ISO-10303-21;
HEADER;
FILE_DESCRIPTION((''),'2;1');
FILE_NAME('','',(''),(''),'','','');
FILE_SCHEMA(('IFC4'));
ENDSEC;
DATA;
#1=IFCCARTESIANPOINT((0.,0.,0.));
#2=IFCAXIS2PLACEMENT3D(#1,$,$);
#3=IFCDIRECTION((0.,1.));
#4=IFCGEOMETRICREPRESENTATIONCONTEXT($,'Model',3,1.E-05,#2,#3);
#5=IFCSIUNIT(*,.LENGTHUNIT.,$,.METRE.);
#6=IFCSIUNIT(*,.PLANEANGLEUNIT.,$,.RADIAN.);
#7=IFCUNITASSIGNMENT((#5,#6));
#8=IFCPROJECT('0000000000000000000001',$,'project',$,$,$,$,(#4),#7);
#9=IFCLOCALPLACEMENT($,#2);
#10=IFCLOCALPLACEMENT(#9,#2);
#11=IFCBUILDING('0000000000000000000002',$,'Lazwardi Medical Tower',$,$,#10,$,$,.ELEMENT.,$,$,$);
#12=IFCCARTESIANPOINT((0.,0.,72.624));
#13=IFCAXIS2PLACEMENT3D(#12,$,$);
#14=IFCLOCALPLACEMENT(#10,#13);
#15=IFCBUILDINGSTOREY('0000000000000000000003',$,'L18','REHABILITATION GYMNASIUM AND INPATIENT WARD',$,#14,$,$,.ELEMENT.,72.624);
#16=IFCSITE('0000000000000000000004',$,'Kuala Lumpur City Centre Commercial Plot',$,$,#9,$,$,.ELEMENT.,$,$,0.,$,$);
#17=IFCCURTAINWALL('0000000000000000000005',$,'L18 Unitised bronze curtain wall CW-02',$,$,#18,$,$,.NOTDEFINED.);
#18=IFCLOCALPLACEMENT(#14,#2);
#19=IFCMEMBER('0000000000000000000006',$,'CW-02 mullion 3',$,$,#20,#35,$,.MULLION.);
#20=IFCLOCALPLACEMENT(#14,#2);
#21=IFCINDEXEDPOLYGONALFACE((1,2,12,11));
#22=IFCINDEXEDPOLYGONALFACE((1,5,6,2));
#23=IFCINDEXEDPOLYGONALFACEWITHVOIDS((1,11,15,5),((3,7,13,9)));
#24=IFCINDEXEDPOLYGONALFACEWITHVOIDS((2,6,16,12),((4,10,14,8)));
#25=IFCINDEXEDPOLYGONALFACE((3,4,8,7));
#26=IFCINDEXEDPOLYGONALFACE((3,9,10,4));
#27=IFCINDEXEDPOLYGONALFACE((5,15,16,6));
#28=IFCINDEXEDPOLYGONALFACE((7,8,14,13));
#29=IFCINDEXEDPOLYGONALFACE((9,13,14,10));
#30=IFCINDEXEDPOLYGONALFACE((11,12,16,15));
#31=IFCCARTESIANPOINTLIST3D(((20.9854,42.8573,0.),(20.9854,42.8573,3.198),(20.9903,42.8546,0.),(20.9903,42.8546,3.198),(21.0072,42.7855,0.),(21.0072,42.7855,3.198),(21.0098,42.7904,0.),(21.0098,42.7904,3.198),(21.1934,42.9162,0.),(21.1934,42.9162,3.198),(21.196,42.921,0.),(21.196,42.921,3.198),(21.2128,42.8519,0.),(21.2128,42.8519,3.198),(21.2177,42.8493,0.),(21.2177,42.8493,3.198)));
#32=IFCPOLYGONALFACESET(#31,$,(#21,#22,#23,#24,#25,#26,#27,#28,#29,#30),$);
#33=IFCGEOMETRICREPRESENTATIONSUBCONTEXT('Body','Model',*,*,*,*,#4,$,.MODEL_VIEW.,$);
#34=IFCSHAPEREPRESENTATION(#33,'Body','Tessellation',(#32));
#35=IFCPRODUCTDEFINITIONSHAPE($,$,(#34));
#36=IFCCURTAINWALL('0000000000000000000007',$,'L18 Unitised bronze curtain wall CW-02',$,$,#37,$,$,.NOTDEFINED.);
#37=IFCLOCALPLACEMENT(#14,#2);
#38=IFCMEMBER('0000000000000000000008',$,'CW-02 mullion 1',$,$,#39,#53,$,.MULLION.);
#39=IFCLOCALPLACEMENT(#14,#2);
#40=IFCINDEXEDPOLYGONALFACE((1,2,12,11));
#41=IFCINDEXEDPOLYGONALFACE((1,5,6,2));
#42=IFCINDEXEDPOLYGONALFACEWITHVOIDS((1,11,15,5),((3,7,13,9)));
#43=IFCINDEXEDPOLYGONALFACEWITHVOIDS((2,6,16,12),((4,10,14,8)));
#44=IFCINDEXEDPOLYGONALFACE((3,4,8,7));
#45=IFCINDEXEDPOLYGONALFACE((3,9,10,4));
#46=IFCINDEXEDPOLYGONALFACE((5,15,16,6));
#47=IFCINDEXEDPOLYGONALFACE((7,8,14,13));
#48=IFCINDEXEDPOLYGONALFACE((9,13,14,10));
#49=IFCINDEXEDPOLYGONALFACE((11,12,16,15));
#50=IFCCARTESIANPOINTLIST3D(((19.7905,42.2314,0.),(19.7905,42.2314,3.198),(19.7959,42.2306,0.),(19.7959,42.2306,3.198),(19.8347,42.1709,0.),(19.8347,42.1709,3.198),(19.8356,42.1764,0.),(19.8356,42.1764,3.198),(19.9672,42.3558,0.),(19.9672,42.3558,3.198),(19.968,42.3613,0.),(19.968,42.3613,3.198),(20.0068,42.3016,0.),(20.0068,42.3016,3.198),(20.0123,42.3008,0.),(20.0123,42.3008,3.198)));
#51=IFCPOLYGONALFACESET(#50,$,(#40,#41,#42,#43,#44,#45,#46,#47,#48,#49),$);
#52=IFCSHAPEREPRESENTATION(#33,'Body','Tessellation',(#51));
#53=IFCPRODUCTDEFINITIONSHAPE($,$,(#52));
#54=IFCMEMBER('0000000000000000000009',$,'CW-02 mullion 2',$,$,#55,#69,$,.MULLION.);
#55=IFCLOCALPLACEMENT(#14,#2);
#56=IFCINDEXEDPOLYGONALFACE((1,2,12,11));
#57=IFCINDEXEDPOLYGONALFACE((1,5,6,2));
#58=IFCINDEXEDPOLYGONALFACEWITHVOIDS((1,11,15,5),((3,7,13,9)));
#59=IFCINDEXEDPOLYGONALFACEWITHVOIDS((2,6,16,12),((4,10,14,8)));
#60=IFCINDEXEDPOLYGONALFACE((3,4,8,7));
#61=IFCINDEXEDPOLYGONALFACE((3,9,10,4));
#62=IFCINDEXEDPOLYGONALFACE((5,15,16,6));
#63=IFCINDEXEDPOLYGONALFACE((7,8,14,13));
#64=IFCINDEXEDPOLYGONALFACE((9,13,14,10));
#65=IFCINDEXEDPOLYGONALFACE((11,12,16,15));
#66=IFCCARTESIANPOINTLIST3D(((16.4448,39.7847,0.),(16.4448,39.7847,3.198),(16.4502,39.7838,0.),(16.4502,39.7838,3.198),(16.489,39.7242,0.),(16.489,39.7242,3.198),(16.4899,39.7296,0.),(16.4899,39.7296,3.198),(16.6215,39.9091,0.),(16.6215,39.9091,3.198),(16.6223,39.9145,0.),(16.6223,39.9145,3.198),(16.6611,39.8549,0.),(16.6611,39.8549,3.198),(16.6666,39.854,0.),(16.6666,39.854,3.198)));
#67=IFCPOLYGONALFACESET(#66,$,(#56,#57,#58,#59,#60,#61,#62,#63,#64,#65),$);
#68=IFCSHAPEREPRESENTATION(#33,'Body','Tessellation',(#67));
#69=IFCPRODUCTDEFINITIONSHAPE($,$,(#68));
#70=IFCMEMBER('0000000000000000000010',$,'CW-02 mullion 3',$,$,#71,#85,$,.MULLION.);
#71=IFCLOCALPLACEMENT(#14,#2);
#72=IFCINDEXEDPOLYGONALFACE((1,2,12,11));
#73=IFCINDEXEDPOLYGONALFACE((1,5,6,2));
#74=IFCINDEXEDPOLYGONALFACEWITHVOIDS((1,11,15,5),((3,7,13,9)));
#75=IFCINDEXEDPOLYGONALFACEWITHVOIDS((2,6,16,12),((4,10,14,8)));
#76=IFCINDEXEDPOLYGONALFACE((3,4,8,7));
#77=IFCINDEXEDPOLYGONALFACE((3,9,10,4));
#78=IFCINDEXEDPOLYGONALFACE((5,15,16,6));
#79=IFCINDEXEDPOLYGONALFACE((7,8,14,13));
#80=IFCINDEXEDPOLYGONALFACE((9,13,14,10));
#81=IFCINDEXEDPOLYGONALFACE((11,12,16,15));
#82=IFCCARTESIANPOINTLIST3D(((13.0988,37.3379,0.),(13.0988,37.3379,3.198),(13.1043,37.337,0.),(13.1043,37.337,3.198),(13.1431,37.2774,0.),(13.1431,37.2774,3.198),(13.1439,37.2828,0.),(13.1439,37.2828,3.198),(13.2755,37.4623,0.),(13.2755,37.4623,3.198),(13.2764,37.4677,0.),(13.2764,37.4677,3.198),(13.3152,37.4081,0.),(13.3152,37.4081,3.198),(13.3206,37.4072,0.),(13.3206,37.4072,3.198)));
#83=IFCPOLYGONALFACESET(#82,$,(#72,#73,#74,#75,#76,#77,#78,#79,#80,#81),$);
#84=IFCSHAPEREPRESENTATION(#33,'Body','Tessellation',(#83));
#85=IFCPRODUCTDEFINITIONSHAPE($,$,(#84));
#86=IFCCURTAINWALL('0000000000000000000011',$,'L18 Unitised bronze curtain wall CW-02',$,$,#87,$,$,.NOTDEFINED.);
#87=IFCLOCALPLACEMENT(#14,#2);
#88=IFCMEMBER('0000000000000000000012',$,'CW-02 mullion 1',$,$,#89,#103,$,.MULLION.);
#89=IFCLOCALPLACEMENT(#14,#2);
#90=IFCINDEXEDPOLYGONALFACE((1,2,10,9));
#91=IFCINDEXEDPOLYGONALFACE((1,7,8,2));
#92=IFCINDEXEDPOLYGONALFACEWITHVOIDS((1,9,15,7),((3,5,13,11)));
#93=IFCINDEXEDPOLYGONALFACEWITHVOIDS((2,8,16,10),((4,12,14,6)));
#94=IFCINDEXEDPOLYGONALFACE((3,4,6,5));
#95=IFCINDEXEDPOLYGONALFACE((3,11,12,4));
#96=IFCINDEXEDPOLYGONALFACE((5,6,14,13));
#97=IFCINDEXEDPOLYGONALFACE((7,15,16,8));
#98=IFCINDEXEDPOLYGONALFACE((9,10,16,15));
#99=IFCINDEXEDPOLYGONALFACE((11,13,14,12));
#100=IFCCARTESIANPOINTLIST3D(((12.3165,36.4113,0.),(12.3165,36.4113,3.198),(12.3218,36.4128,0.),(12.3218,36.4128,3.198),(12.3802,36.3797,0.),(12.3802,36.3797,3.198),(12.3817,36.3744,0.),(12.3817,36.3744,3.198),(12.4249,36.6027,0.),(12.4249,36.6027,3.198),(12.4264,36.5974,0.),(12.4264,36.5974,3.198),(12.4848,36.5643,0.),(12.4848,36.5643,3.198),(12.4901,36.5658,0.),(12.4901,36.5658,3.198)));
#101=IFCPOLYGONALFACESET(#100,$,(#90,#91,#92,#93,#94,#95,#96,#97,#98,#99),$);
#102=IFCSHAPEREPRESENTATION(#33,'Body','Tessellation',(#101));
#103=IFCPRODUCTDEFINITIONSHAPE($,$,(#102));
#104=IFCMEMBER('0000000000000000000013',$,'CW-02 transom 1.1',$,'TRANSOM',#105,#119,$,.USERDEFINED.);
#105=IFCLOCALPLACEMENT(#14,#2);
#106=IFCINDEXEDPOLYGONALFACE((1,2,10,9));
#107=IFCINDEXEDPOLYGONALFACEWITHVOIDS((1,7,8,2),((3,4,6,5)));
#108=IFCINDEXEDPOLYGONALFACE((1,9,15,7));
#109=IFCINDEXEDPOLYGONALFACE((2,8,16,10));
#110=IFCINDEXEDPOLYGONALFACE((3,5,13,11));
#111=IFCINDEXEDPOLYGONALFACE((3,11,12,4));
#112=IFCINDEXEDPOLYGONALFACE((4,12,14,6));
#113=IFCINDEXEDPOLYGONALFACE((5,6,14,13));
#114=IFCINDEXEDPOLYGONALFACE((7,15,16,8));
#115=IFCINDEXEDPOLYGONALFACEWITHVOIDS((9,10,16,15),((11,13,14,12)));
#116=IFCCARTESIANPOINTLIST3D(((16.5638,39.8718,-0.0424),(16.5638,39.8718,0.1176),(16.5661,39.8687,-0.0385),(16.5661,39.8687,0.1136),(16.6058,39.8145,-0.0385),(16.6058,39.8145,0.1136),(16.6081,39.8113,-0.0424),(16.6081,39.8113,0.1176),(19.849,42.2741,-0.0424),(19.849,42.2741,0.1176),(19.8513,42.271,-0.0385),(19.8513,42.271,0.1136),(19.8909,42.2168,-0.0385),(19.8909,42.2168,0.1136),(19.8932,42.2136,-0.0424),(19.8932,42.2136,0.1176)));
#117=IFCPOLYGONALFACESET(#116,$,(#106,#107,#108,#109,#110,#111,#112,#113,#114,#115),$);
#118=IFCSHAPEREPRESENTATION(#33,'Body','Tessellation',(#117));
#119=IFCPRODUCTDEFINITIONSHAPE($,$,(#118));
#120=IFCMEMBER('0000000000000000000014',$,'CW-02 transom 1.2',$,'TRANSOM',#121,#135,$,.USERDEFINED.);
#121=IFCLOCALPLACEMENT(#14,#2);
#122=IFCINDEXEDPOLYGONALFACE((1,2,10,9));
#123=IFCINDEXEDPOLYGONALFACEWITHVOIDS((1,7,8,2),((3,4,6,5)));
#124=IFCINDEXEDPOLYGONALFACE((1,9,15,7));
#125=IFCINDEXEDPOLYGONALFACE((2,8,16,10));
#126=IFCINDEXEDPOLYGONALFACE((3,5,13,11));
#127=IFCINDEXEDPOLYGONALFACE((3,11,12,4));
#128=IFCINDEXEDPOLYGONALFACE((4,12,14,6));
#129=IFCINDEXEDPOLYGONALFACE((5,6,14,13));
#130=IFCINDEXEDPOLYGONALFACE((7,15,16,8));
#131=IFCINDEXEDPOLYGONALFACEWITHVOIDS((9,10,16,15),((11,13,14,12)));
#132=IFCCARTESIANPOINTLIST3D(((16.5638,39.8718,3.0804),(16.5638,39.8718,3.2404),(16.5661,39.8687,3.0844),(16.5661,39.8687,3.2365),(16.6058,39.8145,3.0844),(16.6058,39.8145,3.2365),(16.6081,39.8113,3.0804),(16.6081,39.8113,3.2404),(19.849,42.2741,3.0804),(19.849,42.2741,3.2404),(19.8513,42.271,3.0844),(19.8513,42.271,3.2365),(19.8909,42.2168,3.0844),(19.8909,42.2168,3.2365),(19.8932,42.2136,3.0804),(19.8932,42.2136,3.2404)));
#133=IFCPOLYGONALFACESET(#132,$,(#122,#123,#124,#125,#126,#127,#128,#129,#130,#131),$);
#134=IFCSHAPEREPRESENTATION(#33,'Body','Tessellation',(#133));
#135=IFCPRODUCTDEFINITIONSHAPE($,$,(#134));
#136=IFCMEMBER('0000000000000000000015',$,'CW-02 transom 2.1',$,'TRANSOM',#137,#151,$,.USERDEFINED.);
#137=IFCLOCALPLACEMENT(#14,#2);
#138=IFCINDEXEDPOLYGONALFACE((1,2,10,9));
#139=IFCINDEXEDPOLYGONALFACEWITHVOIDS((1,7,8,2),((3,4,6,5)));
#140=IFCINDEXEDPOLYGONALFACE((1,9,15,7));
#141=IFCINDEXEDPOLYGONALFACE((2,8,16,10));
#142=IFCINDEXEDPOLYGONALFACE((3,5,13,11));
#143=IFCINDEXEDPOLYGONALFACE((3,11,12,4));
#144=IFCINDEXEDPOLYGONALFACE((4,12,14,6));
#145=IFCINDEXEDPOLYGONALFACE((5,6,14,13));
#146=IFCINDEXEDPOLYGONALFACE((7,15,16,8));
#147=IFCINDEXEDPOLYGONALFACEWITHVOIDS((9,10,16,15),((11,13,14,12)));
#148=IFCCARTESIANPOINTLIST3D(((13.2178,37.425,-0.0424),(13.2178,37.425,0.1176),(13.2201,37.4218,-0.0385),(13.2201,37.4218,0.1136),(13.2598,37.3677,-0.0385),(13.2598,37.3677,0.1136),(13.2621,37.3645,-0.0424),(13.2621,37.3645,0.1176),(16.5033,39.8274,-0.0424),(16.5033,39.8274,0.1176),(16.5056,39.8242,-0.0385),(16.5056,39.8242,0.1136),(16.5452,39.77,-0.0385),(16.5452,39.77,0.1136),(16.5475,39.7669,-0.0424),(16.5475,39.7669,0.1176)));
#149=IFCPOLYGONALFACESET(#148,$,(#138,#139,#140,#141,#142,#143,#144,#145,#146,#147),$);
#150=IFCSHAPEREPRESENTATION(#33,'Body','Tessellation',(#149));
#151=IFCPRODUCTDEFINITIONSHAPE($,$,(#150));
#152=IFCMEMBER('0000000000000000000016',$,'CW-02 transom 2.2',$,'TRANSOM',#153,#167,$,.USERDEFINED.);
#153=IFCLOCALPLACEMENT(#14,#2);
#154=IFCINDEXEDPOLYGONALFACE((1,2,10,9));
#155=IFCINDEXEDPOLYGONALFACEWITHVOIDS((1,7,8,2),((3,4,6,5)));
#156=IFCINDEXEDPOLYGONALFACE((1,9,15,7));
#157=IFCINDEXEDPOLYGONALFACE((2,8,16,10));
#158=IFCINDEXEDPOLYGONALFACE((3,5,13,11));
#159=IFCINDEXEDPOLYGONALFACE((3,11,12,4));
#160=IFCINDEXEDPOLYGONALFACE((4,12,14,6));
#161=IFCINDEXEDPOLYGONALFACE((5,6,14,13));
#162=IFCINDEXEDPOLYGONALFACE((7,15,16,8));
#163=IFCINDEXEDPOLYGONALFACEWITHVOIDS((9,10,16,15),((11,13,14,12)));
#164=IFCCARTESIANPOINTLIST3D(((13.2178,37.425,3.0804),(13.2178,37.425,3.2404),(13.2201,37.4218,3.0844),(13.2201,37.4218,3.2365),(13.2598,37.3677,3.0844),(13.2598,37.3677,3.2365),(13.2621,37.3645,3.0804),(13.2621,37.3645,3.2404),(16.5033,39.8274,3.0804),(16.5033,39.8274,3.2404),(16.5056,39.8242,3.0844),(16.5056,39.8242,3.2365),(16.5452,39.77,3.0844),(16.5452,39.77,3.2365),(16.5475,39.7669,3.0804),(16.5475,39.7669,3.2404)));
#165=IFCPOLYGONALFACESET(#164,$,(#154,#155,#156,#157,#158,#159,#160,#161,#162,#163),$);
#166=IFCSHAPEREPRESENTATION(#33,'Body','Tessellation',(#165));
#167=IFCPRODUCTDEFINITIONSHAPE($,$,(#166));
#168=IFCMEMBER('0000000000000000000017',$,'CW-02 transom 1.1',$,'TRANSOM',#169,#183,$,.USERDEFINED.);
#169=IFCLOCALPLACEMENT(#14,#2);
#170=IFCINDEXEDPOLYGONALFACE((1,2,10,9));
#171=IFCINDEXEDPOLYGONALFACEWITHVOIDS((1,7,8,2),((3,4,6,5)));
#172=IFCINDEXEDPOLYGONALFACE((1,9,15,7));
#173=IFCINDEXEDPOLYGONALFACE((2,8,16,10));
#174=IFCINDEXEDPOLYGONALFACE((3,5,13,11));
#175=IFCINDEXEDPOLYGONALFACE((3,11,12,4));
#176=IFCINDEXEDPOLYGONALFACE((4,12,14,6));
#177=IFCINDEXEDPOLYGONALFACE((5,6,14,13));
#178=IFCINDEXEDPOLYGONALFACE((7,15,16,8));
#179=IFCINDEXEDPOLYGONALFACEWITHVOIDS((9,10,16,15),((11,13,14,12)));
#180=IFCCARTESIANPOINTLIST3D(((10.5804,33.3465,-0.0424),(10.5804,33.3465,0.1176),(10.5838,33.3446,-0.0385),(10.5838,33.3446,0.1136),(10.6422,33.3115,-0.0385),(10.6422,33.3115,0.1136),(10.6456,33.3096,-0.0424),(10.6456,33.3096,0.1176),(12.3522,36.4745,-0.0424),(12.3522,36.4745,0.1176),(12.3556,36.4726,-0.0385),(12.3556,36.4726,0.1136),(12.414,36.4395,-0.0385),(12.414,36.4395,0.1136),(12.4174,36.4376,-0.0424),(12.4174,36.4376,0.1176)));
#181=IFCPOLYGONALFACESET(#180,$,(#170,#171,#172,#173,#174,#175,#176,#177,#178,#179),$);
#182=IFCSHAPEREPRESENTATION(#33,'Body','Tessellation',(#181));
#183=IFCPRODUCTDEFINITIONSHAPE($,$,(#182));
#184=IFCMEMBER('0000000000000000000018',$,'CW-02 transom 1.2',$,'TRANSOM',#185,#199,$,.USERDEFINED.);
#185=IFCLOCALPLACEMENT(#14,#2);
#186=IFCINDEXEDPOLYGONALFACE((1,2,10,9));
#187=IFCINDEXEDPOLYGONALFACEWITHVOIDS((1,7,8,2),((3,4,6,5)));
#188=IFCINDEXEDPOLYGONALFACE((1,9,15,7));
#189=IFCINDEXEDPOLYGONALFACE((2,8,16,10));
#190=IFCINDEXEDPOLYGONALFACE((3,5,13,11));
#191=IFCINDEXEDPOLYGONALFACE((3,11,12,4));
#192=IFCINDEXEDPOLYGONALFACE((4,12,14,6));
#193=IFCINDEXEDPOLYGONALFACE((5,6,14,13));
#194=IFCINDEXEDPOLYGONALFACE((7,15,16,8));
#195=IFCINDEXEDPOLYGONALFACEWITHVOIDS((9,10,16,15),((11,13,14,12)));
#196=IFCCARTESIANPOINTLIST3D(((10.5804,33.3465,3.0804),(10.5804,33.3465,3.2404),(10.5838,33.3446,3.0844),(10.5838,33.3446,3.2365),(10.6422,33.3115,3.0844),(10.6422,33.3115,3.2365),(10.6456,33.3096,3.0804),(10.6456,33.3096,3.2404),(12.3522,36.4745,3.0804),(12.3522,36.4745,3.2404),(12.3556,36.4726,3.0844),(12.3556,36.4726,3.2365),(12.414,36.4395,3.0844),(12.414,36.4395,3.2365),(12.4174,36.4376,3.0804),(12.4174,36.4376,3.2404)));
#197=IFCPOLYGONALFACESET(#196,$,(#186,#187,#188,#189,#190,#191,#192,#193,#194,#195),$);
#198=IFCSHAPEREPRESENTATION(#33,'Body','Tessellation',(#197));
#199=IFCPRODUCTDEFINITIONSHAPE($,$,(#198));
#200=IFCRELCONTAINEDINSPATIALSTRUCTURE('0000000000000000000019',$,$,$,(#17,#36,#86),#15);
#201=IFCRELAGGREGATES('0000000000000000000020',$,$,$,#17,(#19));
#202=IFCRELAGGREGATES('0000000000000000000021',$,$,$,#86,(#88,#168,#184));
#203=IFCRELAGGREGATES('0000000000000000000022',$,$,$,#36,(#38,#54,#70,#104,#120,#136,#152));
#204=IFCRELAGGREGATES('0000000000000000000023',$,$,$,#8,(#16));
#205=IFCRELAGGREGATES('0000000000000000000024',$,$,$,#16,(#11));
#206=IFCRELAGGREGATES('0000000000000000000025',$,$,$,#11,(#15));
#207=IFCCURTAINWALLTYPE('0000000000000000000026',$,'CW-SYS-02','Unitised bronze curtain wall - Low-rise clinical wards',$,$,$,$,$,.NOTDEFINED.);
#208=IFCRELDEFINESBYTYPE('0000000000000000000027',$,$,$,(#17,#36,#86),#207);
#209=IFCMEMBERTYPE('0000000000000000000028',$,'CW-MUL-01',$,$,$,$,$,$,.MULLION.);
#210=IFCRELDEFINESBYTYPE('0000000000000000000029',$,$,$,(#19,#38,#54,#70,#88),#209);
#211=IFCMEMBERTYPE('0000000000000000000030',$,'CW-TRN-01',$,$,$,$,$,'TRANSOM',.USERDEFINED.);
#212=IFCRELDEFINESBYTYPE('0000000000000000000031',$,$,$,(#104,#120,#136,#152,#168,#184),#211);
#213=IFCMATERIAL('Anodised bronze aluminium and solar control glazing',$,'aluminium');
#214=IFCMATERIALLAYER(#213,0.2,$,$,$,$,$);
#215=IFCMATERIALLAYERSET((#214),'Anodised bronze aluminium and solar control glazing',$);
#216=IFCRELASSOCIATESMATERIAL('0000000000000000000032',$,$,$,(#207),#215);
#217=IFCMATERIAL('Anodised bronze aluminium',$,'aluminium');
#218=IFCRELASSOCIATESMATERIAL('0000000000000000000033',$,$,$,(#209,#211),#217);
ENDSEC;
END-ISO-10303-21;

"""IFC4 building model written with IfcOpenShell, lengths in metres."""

from ifc_helpers import new_model, si_unit, direction, frame, origin, origin_2d, place, context, subcontext, project, spatial, hollow_rectangle, extrude, material, layer, layer_set, material_profile, profile_set, type_object, element, aggregate, save


model = new_model("IFC4")

# Units and contexts
model_context = context("Model", 3, precision=1e-05, world=origin(), true_north=direction((0.0, 1.0)))
body_context = subcontext(model_context, "Body", "Model", "MODEL_VIEW")
ifc_project = project(units=[si_unit("LENGTHUNIT", "METRE"), si_unit("PLANEANGLEUNIT", "RADIAN")], contexts=[model_context])

# Site, building, storey
site_placement = place(None, origin())
site = spatial("IfcSite", under=ifc_project, at=site_placement, Name="Kuala Lumpur City Centre Commercial Plot", CompositionType="ELEMENT", RefElevation=0.0)
building_placement = place(site_placement, origin())
building = spatial("IfcBuilding", under=site, at=building_placement, Name="Lazwardi Medical Tower", CompositionType="ELEMENT")
storey_placement = place(building_placement, frame((0.0, 0.0, 72.624)))
storey = spatial("IfcBuildingStorey", under=building, at=storey_placement, Name="L18", Description="REHABILITATION GYMNASIUM AND INPATIENT WARD", CompositionType="ELEMENT", Elevation=72.624)

# Curtain wall, member
ifc_material_1 = material(Name="Anodised bronze aluminium and solar control glazing", Category="aluminium")
ifc_layer_1 = layer(ifc_material_1, 0.2)
ifc_layer_set_1 = layer_set([ifc_layer_1], Name="Anodised bronze aluminium and solar control glazing")
curtain_wall_type = type_object("IfcCurtainWallType", Name="CW-SYS-02", Description="Unitised bronze curtain wall - Low-rise clinical wards", PredefinedType="NOTDEFINED", material=ifc_layer_set_1)
curtain_wall_1_placement = place(storey_placement, origin())
curtain_wall_1 = element("IfcCurtainWall", 1, at=curtain_wall_1_placement, inside=storey, type_object=curtain_wall_type, Name="L18 Unitised bronze curtain wall CW-02", PredefinedType="NOTDEFINED")
ifc_material_2 = material(Name="Anodised bronze aluminium", Category="aluminium")
ifc_material_profile_1 = material_profile(ifc_material_2, hollow_rectangle(XDim=0.075, YDim=0.22, WallThickness=0.0039, at=origin_2d()), Name="ALU-MULLION 220x75x4")
ifc_profile_set_1 = profile_set([ifc_material_profile_1], Name="Anodised bronze aluminium")
member_type_1 = type_object("IfcMemberType", Name="CW-MUL-01", PredefinedType="MULLION", material=ifc_profile_set_1)
member_1_placement = place(storey_placement, frame((21.1016, 42.8533, 0.0), z_axis=(0.0, 0.0, 1.0), x_axis=(0.289896, -0.957058, 0.0)))
member_1 = element("IfcMember", 2, at=member_1_placement, type_object=member_type_1, Name="CW-02 mullion 3", PredefinedType="MULLION", context=body_context, shape_type="SweptSolid", body=[
    extrude(hollow_rectangle(XDim=0.075, YDim=0.22, WallThickness=0.0039, at=origin_2d()), origin(), (0.0, 0.0, 1.0), 3.198),
])
aggregate(curtain_wall_1, [member_1])

# Curtain wall, members
curtain_wall_2_placement = place(storey_placement, origin())
curtain_wall_2 = element("IfcCurtainWall", 3, at=curtain_wall_2_placement, inside=storey, type_object=curtain_wall_type, Name="L18 Unitised bronze curtain wall CW-02", PredefinedType="NOTDEFINED")
member_2_placement = place(storey_placement, frame((19.9014, 42.2661, 0.0), z_axis=(0.0, 0.0, 1.0), x_axis=(0.590289, -0.807192, 0.0)))
member_2 = element("IfcMember", 4, at=member_2_placement, type_object=member_type_1, Name="CW-02 mullion 1", PredefinedType="MULLION", context=body_context, shape_type="SweptSolid", body=[
    extrude(hollow_rectangle(XDim=0.075, YDim=0.22, WallThickness=0.0039, at=origin_2d()), origin(), (0.0, 0.0, 1.0), 3.198),
])
member_3_placement = place(storey_placement, frame((16.5557, 39.8193, 0.0), z_axis=(0.0, 0.0, 1.0), x_axis=(0.590289, -0.807192, 0.0)))
member_3 = element("IfcMember", 5, at=member_3_placement, type_object=member_type_1, Name="CW-02 mullion 2", PredefinedType="MULLION", context=body_context, shape_type="SweptSolid", body=[
    extrude(hollow_rectangle(XDim=0.075, YDim=0.22, WallThickness=0.0039, at=origin_2d()), origin(), (0.0, 0.0, 1.0), 3.198),
])
member_4_placement = place(storey_placement, frame((13.2097, 37.3726, 0.0), z_axis=(0.0, 0.0, 1.0), x_axis=(0.590289, -0.807192, 0.0)))
member_4 = element("IfcMember", 6, at=member_4_placement, type_object=member_type_1, Name="CW-02 mullion 3", PredefinedType="MULLION", context=body_context, shape_type="SweptSolid", body=[
    extrude(hollow_rectangle(XDim=0.075, YDim=0.22, WallThickness=0.0039, at=origin_2d()), origin(), (0.0, 0.0, 1.0), 3.198),
])

# Curtain wall, member
curtain_wall_3_placement = place(storey_placement, origin())
curtain_wall_3 = element("IfcCurtainWall", 7, at=curtain_wall_3_placement, inside=storey, type_object=curtain_wall_type, Name="L18 Unitised bronze curtain wall CW-02", PredefinedType="NOTDEFINED")
member_5_placement = place(storey_placement, frame((12.4033, 36.4885, 0.0), z_axis=(0.0, 0.0, 1.0), x_axis=(0.870112, -0.492854, 0.0)))
member_5 = element("IfcMember", 8, at=member_5_placement, type_object=member_type_1, Name="CW-02 mullion 1", PredefinedType="MULLION", context=body_context, shape_type="SweptSolid", body=[
    extrude(hollow_rectangle(XDim=0.075, YDim=0.22, WallThickness=0.0039, at=origin_2d()), origin(), (0.0, 0.0, 1.0), 3.198),
])

# Members
ifc_material_profile_2 = material_profile(ifc_material_2, hollow_rectangle(XDim=0.075, YDim=0.1599, WallThickness=0.0039, at=origin_2d()), Name="ALU-TRANSOM 160x75x4")
ifc_profile_set_2 = profile_set([ifc_material_profile_2], Name="Anodised bronze aluminium")
member_type_2 = type_object("IfcMemberType", Name="CW-TRN-01", ElementType="TRANSOM", PredefinedType="USERDEFINED", material=ifc_profile_set_2)
member_6_placement = place(storey_placement, frame((19.8711, 42.2439, 0.0376), z_axis=(-0.807198, -0.590281, 0.0), x_axis=(0.590281, -0.807198, 0.0)))
member_6 = element("IfcMember", 9, at=member_6_placement, type_object=member_type_2, Name="CW-02 transom 1.1", ObjectType="TRANSOM", PredefinedType="USERDEFINED", context=body_context, shape_type="SweptSolid", body=[
    extrude(hollow_rectangle(XDim=0.075, YDim=0.1599, WallThickness=0.0039, at=origin_2d()), origin(), (0.0, 0.0, 1.0), 4.0698),
])
member_7_placement = place(storey_placement, frame((19.8711, 42.2439, 3.1604), z_axis=(-0.807198, -0.590281, 0.0), x_axis=(0.590281, -0.807198, 0.0)))
member_7 = element("IfcMember", 10, at=member_7_placement, type_object=member_type_2, Name="CW-02 transom 1.2", ObjectType="TRANSOM", PredefinedType="USERDEFINED", context=body_context, shape_type="SweptSolid", body=[
    extrude(hollow_rectangle(XDim=0.075, YDim=0.1599, WallThickness=0.0039, at=origin_2d()), origin(), (0.0, 0.0, 1.0), 4.0698),
])
member_8_placement = place(storey_placement, frame((16.5254, 39.7971, 0.0376), z_axis=(-0.807219, -0.590253, 0.0), x_axis=(0.590253, -0.807219, 0.0)))
member_8 = element("IfcMember", 11, at=member_8_placement, type_object=member_type_2, Name="CW-02 transom 2.1", ObjectType="TRANSOM", PredefinedType="USERDEFINED", context=body_context, shape_type="SweptSolid", body=[
    extrude(hollow_rectangle(XDim=0.075, YDim=0.1599, WallThickness=0.0039, at=origin_2d()), origin(), (0.0, 0.0, 1.0), 4.0701),
])
member_9_placement = place(storey_placement, frame((16.5254, 39.7971, 3.1604), z_axis=(-0.807219, -0.590253, 0.0), x_axis=(0.590253, -0.807219, 0.0)))
member_9 = element("IfcMember", 12, at=member_9_placement, type_object=member_type_2, Name="CW-02 transom 2.2", ObjectType="TRANSOM", PredefinedType="USERDEFINED", context=body_context, shape_type="SweptSolid", body=[
    extrude(hollow_rectangle(XDim=0.075, YDim=0.1599, WallThickness=0.0039, at=origin_2d()), origin(), (0.0, 0.0, 1.0), 4.0701),
])
member_10_placement = place(storey_placement, frame((12.3848, 36.4561, 0.0376), z_axis=(-0.492851, -0.870113, 0.0), x_axis=(0.870113, -0.492851, 0.0)))
member_10 = element("IfcMember", 13, at=member_10_placement, type_object=member_type_2, Name="CW-02 transom 1.1", ObjectType="TRANSOM", PredefinedType="USERDEFINED", context=body_context, shape_type="SweptSolid", body=[
    extrude(hollow_rectangle(XDim=0.075, YDim=0.1599, WallThickness=0.0039, at=origin_2d()), origin(), (0.0, 0.0, 1.0), 3.595),
])
member_11_placement = place(storey_placement, frame((12.3848, 36.4561, 3.1604), z_axis=(-0.492851, -0.870113, 0.0), x_axis=(0.870113, -0.492851, 0.0)))
member_11 = element("IfcMember", 14, at=member_11_placement, type_object=member_type_2, Name="CW-02 transom 1.2", ObjectType="TRANSOM", PredefinedType="USERDEFINED", context=body_context, shape_type="SweptSolid", body=[
    extrude(hollow_rectangle(XDim=0.075, YDim=0.1599, WallThickness=0.0039, at=origin_2d()), origin(), (0.0, 0.0, 1.0), 3.595),
])
aggregate(curtain_wall_3, [member_5, member_10, member_11])

aggregate(curtain_wall_2, [member_2, member_3, member_4, member_6, member_7, member_8, member_9])

save(model, "model.ifc")
